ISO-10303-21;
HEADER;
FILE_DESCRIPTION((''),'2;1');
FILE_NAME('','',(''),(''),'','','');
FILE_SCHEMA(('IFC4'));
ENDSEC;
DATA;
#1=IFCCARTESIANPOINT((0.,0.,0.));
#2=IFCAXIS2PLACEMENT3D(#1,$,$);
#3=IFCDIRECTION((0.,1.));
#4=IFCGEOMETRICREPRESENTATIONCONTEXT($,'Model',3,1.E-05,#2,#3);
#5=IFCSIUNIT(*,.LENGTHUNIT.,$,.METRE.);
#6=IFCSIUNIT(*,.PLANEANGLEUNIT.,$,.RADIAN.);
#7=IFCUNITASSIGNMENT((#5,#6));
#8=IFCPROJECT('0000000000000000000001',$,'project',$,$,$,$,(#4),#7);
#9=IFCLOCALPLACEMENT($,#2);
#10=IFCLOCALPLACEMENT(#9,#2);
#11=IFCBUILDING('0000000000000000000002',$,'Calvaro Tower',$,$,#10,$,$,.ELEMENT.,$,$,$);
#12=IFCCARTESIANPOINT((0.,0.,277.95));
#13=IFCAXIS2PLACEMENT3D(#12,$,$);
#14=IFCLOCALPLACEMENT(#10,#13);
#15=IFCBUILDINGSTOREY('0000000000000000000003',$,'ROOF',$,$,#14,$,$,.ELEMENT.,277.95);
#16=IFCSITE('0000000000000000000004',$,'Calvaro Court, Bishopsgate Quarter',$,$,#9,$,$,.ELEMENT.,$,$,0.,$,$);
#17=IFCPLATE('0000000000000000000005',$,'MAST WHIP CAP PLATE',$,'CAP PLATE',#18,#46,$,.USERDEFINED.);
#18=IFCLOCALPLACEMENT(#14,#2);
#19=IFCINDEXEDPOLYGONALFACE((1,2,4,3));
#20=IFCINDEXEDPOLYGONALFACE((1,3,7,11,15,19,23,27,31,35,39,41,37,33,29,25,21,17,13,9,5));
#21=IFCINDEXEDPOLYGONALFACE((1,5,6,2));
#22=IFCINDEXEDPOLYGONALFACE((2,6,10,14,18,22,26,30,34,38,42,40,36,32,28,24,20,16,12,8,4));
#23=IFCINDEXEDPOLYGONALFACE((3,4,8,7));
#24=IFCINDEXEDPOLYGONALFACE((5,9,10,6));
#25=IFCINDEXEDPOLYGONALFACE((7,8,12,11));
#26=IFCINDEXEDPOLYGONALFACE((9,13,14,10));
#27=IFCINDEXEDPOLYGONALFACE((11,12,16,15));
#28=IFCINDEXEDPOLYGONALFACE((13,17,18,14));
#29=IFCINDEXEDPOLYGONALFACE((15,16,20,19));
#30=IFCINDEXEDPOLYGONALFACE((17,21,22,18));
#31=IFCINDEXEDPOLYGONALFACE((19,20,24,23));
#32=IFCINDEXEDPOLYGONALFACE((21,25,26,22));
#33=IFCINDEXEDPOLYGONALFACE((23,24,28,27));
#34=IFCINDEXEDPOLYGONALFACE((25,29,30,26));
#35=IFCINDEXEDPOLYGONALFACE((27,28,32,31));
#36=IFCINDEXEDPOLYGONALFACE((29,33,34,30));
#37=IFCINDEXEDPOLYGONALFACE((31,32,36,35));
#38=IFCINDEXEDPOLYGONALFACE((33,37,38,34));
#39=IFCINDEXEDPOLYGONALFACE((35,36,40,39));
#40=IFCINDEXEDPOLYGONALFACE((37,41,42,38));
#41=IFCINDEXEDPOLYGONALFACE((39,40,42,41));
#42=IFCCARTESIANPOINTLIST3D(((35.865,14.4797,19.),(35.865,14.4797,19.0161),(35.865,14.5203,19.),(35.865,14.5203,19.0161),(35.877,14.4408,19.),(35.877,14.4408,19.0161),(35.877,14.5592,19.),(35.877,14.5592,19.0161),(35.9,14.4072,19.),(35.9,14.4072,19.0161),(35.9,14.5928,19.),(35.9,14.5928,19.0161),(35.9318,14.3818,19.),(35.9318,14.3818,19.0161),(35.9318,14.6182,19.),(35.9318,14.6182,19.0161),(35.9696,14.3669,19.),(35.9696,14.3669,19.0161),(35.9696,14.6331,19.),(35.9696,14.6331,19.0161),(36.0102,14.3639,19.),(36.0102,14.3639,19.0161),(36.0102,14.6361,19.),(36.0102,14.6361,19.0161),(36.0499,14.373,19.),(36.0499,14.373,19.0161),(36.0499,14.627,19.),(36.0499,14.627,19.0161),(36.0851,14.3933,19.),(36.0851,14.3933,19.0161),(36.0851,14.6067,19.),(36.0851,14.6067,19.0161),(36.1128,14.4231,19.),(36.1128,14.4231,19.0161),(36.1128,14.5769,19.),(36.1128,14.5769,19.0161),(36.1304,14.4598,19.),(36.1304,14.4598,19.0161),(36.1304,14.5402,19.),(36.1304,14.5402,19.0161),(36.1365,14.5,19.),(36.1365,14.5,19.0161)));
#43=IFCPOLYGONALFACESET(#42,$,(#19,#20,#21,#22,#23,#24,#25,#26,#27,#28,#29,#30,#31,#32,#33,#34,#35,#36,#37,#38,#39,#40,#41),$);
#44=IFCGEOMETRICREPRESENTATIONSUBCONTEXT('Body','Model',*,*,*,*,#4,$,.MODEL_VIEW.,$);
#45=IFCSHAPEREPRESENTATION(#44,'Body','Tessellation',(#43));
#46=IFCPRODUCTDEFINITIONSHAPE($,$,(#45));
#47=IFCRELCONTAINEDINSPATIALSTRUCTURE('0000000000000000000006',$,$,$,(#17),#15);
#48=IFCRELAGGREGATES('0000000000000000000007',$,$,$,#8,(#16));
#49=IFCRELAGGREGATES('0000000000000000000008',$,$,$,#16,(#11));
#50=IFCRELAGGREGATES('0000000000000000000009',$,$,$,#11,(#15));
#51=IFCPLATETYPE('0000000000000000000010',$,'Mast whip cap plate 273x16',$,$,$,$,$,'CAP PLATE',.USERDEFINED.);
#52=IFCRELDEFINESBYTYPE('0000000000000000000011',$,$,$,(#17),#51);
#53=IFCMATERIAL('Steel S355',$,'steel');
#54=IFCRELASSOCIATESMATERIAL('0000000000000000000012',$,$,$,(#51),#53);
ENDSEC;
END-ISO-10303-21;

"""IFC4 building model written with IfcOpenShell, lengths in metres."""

from ifc_helpers import new_model, si_unit, direction, frame, origin, origin_2d, place, context, subcontext, project, spatial, circle, extrude, material, material_profile, profile_set, type_object, element, save


model = new_model("IFC4")

# Units and contexts
model_context = context("Model", 3, precision=1e-05, world=origin(), true_north=direction((0.0, 1.0)))
body_context = subcontext(model_context, "Body", "Model", "MODEL_VIEW")
ifc_project = project(units=[si_unit("LENGTHUNIT", "METRE"), si_unit("PLANEANGLEUNIT", "RADIAN")], contexts=[model_context])

# Site, building, storey
site_placement = place(None, origin())
site = spatial("IfcSite", under=ifc_project, at=site_placement, Name="Calvaro Court, Bishopsgate Quarter", CompositionType="ELEMENT", RefElevation=0.0)
building_placement = place(site_placement, origin())
building = spatial("IfcBuilding", under=site, at=building_placement, Name="Calvaro Tower", CompositionType="ELEMENT")
storey_placement = place(building_placement, frame((0.0, 0.0, 277.95)))
storey = spatial("IfcBuildingStorey", under=building, at=storey_placement, Name="ROOF", CompositionType="ELEMENT", Elevation=277.95)

# Plate
ifc_material_1 = material(Name="Steel S355", Category="steel")
ifc_material_profile_1 = material_profile(ifc_material_1, circle(Radius=0.1365, at=origin_2d()), Name="CIRCLE 273")
ifc_profile_set_1 = profile_set([ifc_material_profile_1], Name="Steel S355")
plate_type_1 = type_object("IfcPlateType", Name="Mast whip cap plate 273x16", ElementType="CAP PLATE", PredefinedType="USERDEFINED", material=ifc_profile_set_1)
plate_1_placement = place(storey_placement, frame((36.0, 14.5, 19.0), z_axis=(0.0, 0.0, 1.0), x_axis=(1.0, 0.0, 0.0)))
element("IfcPlate", 1, at=plate_1_placement, inside=storey, type_object=plate_type_1, Name="MAST WHIP CAP PLATE", ObjectType="CAP PLATE", PredefinedType="USERDEFINED", context=body_context, shape_type="SweptSolid", body=[
    extrude(circle(Radius=0.1365, at=origin_2d()), origin(), (0.0, 0.0, 1.0), 0.0161),
])

save(model, "model.ifc")
